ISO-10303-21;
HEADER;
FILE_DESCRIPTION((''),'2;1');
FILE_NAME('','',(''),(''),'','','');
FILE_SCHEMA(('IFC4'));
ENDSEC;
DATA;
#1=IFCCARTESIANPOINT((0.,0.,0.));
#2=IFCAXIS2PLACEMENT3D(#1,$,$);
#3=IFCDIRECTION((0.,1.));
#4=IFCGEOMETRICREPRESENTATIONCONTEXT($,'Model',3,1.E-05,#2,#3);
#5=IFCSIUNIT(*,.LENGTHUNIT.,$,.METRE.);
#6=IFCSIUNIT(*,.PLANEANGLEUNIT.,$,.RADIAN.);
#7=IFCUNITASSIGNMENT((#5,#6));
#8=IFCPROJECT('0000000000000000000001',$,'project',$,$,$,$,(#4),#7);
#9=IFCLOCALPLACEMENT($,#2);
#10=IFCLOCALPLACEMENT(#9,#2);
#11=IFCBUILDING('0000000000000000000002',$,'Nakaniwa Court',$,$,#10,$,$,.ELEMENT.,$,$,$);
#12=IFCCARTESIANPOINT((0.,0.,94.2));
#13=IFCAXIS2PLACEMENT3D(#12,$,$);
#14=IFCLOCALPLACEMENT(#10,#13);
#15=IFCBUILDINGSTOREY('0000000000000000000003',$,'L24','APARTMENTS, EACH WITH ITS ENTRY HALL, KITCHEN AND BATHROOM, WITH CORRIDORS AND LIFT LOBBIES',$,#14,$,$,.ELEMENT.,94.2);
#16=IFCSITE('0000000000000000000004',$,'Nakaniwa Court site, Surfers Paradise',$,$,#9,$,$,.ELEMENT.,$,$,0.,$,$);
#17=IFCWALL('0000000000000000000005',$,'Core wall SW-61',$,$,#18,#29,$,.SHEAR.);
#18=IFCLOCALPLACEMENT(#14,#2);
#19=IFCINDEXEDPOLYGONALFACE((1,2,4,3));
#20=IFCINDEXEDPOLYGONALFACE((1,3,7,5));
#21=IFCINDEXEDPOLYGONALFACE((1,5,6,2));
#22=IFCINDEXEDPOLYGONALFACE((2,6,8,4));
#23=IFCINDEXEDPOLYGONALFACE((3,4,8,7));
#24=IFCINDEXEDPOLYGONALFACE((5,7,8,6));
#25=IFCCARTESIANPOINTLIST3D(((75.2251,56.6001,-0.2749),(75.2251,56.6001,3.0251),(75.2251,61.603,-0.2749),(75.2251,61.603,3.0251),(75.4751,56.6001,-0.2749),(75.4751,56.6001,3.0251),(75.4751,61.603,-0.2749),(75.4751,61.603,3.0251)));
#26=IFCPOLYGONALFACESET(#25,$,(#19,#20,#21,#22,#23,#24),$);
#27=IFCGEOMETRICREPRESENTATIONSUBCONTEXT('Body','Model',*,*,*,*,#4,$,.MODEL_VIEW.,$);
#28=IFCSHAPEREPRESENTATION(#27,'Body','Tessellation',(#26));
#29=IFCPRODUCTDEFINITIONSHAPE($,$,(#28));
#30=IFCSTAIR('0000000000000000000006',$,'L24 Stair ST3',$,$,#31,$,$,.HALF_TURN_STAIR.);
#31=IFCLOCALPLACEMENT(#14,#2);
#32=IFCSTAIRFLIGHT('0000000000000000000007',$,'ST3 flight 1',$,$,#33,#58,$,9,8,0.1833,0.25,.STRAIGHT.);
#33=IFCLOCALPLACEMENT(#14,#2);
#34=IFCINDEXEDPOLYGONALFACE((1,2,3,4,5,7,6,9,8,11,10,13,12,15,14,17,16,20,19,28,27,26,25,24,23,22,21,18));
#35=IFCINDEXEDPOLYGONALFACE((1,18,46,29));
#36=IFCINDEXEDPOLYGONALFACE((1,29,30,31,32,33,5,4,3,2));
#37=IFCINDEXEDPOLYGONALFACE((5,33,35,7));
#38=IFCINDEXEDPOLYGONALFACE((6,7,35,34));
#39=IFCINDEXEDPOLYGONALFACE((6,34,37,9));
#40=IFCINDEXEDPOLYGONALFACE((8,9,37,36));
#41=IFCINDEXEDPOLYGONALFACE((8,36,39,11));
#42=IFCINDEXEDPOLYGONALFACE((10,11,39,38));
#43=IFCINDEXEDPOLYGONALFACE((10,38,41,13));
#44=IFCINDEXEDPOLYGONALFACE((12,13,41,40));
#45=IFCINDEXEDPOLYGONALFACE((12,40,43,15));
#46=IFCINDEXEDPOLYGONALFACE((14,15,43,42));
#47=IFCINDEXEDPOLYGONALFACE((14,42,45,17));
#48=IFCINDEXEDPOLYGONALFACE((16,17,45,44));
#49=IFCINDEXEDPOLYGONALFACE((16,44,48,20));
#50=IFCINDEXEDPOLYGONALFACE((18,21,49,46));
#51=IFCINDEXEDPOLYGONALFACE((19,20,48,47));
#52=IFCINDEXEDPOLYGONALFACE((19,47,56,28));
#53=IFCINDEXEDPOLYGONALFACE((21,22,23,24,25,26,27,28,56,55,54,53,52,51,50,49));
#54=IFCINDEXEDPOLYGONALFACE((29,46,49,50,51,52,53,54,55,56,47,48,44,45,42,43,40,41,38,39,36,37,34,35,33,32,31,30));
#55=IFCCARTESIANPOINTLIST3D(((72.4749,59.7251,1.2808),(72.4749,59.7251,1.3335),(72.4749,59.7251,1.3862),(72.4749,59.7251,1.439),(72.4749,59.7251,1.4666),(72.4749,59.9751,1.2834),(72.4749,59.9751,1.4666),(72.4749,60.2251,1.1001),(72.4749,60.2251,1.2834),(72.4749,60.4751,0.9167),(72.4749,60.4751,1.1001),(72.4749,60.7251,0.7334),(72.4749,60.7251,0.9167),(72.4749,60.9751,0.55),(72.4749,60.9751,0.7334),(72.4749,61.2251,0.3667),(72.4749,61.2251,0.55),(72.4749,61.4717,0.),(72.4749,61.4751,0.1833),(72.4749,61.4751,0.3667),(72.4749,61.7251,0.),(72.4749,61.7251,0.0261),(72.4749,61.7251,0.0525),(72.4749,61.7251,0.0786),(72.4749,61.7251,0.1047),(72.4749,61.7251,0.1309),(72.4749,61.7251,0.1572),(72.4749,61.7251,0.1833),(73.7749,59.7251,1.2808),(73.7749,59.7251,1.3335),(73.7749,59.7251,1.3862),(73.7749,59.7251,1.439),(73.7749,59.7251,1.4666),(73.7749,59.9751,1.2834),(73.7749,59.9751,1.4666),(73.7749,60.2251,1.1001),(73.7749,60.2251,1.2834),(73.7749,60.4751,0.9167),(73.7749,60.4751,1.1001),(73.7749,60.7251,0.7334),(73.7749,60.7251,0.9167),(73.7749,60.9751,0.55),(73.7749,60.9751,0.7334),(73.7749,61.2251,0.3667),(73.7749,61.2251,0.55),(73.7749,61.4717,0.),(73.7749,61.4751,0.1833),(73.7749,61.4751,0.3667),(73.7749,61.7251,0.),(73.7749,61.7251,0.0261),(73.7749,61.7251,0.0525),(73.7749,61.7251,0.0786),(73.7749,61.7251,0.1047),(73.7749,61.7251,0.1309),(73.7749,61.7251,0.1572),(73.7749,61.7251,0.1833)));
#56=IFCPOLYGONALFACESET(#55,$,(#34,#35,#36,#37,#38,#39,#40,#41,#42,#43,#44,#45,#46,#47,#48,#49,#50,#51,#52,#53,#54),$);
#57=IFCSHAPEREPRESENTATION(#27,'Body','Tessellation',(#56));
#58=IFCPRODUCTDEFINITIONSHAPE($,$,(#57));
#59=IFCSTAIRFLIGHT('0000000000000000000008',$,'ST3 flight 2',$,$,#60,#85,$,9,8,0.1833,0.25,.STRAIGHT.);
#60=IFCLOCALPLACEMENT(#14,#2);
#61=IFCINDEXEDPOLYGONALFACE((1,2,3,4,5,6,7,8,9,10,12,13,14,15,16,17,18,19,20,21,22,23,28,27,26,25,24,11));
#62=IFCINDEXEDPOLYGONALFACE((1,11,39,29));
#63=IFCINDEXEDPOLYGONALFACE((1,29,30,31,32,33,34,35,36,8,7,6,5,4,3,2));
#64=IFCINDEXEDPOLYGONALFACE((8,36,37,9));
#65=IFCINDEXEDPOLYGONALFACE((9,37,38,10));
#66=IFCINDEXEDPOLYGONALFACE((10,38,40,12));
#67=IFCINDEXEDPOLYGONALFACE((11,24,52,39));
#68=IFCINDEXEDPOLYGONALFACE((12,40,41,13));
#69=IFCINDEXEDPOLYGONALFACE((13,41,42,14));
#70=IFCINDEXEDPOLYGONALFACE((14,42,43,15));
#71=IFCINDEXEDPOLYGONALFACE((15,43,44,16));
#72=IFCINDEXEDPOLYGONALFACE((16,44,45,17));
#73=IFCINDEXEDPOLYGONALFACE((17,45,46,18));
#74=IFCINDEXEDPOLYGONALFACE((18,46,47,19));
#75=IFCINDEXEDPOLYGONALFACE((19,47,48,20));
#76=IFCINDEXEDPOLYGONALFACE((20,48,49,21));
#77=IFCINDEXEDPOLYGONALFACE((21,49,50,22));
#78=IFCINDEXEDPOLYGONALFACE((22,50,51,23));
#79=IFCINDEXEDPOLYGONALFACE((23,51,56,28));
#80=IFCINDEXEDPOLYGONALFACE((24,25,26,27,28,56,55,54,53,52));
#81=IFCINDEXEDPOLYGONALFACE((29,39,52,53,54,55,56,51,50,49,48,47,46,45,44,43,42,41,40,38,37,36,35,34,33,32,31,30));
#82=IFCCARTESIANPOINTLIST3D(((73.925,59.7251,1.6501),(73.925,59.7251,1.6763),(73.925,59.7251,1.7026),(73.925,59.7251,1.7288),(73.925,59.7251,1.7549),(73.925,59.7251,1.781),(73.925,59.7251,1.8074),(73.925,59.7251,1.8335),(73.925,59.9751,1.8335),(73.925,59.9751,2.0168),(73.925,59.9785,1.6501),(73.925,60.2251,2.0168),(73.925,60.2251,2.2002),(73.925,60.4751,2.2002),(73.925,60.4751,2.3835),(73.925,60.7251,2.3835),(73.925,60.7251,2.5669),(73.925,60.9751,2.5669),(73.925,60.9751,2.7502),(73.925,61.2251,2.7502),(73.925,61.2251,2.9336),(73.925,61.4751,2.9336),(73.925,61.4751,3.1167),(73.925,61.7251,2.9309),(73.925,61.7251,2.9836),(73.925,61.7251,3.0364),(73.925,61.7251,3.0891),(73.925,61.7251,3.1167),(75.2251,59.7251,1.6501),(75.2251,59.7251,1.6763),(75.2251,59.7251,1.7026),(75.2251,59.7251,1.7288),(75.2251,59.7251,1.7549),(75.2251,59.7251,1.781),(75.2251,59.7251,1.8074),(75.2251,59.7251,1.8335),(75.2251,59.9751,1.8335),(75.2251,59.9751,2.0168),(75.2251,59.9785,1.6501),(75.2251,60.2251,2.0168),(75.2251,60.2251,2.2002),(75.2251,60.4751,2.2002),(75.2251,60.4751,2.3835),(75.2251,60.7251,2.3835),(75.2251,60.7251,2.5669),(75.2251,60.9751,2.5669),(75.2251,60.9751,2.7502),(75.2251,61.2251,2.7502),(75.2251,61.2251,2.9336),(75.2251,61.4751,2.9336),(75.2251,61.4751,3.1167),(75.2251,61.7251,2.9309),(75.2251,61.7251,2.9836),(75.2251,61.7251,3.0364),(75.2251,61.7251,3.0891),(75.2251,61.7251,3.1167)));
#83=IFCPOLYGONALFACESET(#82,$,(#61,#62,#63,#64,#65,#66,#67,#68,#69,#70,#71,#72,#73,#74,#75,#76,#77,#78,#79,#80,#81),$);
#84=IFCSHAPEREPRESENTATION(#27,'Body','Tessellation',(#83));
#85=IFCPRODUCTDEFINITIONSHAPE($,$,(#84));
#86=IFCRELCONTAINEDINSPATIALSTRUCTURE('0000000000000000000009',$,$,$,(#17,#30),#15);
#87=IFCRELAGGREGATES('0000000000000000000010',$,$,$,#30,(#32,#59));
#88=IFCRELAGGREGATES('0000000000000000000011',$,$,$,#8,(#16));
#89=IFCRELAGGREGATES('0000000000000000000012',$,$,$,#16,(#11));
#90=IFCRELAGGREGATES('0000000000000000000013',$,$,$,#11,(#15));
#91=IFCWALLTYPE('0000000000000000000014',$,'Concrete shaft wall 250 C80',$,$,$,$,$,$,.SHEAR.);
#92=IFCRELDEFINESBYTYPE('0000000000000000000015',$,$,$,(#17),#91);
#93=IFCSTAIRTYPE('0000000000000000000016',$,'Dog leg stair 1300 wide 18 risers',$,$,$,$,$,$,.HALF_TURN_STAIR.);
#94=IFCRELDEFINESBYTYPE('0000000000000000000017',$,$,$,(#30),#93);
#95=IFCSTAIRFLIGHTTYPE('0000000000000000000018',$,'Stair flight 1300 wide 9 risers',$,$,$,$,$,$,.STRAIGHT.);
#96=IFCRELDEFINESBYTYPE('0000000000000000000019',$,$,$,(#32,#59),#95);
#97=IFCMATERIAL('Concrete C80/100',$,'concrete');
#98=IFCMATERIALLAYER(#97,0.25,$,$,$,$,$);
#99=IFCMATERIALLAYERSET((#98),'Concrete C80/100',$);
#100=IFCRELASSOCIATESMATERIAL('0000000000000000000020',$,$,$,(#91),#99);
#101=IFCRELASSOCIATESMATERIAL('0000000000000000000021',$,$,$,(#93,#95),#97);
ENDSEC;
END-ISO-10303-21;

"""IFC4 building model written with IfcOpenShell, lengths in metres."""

from ifc_helpers import new_model, si_unit, direction, frame, frame_2d, origin, place, context, subcontext, project, spatial, polyline, rectangle, outline, extrude, material, layer, layer_set, type_object, element, aggregate, save


model = new_model("IFC4")

# Units and contexts
model_context = context("Model", 3, precision=1e-05, world=origin(), true_north=direction((0.0, 1.0)))
body_context = subcontext(model_context, "Body", "Model", "MODEL_VIEW")
ifc_project = project(units=[si_unit("LENGTHUNIT", "METRE"), si_unit("PLANEANGLEUNIT", "RADIAN")], contexts=[model_context])

# Site, building, storey
site_placement = place(None, origin())
site = spatial("IfcSite", under=ifc_project, at=site_placement, Name="Nakaniwa Court site, Surfers Paradise", CompositionType="ELEMENT", RefElevation=0.0)
building_placement = place(site_placement, origin())
building = spatial("IfcBuilding", under=site, at=building_placement, Name="Nakaniwa Court", CompositionType="ELEMENT")
storey_placement = place(building_placement, frame((0.0, 0.0, 94.2)))
storey = spatial("IfcBuildingStorey", under=building, at=storey_placement, Name="L24", Description="APARTMENTS, EACH WITH ITS ENTRY HALL, KITCHEN AND BATHROOM, WITH CORRIDORS AND LIFT LOBBIES", CompositionType="ELEMENT", Elevation=94.2)

# Shared definitions
ifc_material_1 = material(Name="Concrete C80/100", Category="concrete")

# Wall
ifc_layer_1 = layer(ifc_material_1, 0.25)
ifc_layer_set_1 = layer_set([ifc_layer_1], Name="Concrete C80/100")
wall_type_1 = type_object("IfcWallType", Name="Concrete shaft wall 250 C80", PredefinedType="SHEAR", material=ifc_layer_set_1)
wall_1_placement = place(storey_placement, frame((75.3501, 56.6001, -0.2749), z_axis=(0.0, 0.0, 1.0), x_axis=(0.0, 1.0, 0.0)))
element("IfcWall", 1, at=wall_1_placement, inside=storey, type_object=wall_type_1, Name="Core wall SW-61", PredefinedType="SHEAR", context=body_context, shape_type="SweptSolid", body=[
    extrude(rectangle(XDim=5.0029, YDim=0.25, at=frame_2d((2.5015, 0.0))), origin(), (0.0, 0.0, 1.0), 3.3),
])

# Stair, stair flights
stair_type = type_object("IfcStairType", Name="Dog leg stair 1300 wide 18 risers", PredefinedType="HALF_TURN_STAIR", material=ifc_material_1)
stair_placement = place(storey_placement, origin())
stair = element("IfcStair", 2, at=stair_placement, inside=storey, type_object=stair_type, Name="L24 Stair ST3", PredefinedType="HALF_TURN_STAIR")
stair_flight_type = type_object("IfcStairFlightType", Name="Stair flight 1300 wide 9 risers", PredefinedType="STRAIGHT", material=ifc_material_1)
stair_flight_1_placement = place(storey_placement, frame((73.125, 61.7251, 0.0), z_axis=(0.0, 0.0, 1.0), x_axis=(0.0, -1.0, 0.0)))
stair_flight_1 = element("IfcStairFlight", 3, at=stair_flight_1_placement, type_object=stair_flight_type, Name="ST3 flight 1", NumberOfRisers=9, NumberOfTreads=8, PredefinedType="STRAIGHT", RiserHeight=0.1833, TreadLength=0.25, context=body_context, shape_type="SweptSolid", body=[
    extrude(outline(polyline([(0.0, 0.0), (0.0, 0.0261), (0.0, 0.0525), (0.0, 0.0786), (0.0, 0.1047), (0.0, 0.1309), (0.0, 0.1572), (0.0, 0.1833), (0.25, 0.1833), (0.25, 0.3667), (0.5, 0.3667), (0.5, 0.55), (0.75, 0.55), (0.75, 0.7334), (1.0, 0.7334), (1.0, 0.9167), (1.25, 0.9167), (1.25, 1.1001), (1.5, 1.1001), (1.5, 1.2834), (1.75, 1.2834), (1.75, 1.4666), (2.0, 1.4666), (2.0, 1.6499), (2.0, 1.5972), (2.0, 1.5444), (2.0, 1.4917), (2.0, 1.439), (2.0, 1.3862), (2.0, 1.3335), (2.0, 1.2808), (0.2534, 0.0), (0.0, 0.0)])), frame((0.0, 0.6499, 0.0), z_axis=(0.0, -1.0, 0.0), x_axis=(1.0, 0.0, 0.0)), (0.0, 0.0, 1.0), 1.3),
])
stair_flight_2_placement = place(storey_placement, frame((74.575, 59.7251, 1.6501), z_axis=(0.0, 0.0, 1.0), x_axis=(0.0, 1.0, 0.0)))
stair_flight_2 = element("IfcStairFlight", 4, at=stair_flight_2_placement, type_object=stair_flight_type, Name="ST3 flight 2", NumberOfRisers=9, NumberOfTreads=8, PredefinedType="STRAIGHT", RiserHeight=0.1833, TreadLength=0.25, context=body_context, shape_type="SweptSolid", body=[
    extrude(outline(polyline([(0.0, 0.0), (0.0, 0.0261), (0.0, 0.0525), (0.0, 0.0786), (0.0, 0.1047), (0.0, 0.1309), (0.0, 0.1572), (0.0, 0.1833), (0.25, 0.1833), (0.25, 0.3667), (0.5, 0.3667), (0.5, 0.55), (0.75, 0.55), (0.75, 0.7334), (1.0, 0.7334), (1.0, 0.9167), (1.25, 0.9167), (1.25, 1.1001), (1.5, 1.1001), (1.5, 1.2834), (1.75, 1.2834), (1.75, 1.4666), (2.0, 1.4666), (2.0, 1.6499), (2.0, 1.5972), (2.0, 1.5444), (2.0, 1.4917), (2.0, 1.439), (2.0, 1.3862), (2.0, 1.3335), (2.0, 1.2808), (0.2534, 0.0), (0.0, 0.0)])), frame((0.0, 0.6499, 0.0), z_axis=(0.0, -1.0, 0.0), x_axis=(1.0, 0.0, 0.0)), (0.0, 0.0, 1.0), 1.3),
])
aggregate(stair, [stair_flight_1, stair_flight_2])

save(model, "model.ifc")
